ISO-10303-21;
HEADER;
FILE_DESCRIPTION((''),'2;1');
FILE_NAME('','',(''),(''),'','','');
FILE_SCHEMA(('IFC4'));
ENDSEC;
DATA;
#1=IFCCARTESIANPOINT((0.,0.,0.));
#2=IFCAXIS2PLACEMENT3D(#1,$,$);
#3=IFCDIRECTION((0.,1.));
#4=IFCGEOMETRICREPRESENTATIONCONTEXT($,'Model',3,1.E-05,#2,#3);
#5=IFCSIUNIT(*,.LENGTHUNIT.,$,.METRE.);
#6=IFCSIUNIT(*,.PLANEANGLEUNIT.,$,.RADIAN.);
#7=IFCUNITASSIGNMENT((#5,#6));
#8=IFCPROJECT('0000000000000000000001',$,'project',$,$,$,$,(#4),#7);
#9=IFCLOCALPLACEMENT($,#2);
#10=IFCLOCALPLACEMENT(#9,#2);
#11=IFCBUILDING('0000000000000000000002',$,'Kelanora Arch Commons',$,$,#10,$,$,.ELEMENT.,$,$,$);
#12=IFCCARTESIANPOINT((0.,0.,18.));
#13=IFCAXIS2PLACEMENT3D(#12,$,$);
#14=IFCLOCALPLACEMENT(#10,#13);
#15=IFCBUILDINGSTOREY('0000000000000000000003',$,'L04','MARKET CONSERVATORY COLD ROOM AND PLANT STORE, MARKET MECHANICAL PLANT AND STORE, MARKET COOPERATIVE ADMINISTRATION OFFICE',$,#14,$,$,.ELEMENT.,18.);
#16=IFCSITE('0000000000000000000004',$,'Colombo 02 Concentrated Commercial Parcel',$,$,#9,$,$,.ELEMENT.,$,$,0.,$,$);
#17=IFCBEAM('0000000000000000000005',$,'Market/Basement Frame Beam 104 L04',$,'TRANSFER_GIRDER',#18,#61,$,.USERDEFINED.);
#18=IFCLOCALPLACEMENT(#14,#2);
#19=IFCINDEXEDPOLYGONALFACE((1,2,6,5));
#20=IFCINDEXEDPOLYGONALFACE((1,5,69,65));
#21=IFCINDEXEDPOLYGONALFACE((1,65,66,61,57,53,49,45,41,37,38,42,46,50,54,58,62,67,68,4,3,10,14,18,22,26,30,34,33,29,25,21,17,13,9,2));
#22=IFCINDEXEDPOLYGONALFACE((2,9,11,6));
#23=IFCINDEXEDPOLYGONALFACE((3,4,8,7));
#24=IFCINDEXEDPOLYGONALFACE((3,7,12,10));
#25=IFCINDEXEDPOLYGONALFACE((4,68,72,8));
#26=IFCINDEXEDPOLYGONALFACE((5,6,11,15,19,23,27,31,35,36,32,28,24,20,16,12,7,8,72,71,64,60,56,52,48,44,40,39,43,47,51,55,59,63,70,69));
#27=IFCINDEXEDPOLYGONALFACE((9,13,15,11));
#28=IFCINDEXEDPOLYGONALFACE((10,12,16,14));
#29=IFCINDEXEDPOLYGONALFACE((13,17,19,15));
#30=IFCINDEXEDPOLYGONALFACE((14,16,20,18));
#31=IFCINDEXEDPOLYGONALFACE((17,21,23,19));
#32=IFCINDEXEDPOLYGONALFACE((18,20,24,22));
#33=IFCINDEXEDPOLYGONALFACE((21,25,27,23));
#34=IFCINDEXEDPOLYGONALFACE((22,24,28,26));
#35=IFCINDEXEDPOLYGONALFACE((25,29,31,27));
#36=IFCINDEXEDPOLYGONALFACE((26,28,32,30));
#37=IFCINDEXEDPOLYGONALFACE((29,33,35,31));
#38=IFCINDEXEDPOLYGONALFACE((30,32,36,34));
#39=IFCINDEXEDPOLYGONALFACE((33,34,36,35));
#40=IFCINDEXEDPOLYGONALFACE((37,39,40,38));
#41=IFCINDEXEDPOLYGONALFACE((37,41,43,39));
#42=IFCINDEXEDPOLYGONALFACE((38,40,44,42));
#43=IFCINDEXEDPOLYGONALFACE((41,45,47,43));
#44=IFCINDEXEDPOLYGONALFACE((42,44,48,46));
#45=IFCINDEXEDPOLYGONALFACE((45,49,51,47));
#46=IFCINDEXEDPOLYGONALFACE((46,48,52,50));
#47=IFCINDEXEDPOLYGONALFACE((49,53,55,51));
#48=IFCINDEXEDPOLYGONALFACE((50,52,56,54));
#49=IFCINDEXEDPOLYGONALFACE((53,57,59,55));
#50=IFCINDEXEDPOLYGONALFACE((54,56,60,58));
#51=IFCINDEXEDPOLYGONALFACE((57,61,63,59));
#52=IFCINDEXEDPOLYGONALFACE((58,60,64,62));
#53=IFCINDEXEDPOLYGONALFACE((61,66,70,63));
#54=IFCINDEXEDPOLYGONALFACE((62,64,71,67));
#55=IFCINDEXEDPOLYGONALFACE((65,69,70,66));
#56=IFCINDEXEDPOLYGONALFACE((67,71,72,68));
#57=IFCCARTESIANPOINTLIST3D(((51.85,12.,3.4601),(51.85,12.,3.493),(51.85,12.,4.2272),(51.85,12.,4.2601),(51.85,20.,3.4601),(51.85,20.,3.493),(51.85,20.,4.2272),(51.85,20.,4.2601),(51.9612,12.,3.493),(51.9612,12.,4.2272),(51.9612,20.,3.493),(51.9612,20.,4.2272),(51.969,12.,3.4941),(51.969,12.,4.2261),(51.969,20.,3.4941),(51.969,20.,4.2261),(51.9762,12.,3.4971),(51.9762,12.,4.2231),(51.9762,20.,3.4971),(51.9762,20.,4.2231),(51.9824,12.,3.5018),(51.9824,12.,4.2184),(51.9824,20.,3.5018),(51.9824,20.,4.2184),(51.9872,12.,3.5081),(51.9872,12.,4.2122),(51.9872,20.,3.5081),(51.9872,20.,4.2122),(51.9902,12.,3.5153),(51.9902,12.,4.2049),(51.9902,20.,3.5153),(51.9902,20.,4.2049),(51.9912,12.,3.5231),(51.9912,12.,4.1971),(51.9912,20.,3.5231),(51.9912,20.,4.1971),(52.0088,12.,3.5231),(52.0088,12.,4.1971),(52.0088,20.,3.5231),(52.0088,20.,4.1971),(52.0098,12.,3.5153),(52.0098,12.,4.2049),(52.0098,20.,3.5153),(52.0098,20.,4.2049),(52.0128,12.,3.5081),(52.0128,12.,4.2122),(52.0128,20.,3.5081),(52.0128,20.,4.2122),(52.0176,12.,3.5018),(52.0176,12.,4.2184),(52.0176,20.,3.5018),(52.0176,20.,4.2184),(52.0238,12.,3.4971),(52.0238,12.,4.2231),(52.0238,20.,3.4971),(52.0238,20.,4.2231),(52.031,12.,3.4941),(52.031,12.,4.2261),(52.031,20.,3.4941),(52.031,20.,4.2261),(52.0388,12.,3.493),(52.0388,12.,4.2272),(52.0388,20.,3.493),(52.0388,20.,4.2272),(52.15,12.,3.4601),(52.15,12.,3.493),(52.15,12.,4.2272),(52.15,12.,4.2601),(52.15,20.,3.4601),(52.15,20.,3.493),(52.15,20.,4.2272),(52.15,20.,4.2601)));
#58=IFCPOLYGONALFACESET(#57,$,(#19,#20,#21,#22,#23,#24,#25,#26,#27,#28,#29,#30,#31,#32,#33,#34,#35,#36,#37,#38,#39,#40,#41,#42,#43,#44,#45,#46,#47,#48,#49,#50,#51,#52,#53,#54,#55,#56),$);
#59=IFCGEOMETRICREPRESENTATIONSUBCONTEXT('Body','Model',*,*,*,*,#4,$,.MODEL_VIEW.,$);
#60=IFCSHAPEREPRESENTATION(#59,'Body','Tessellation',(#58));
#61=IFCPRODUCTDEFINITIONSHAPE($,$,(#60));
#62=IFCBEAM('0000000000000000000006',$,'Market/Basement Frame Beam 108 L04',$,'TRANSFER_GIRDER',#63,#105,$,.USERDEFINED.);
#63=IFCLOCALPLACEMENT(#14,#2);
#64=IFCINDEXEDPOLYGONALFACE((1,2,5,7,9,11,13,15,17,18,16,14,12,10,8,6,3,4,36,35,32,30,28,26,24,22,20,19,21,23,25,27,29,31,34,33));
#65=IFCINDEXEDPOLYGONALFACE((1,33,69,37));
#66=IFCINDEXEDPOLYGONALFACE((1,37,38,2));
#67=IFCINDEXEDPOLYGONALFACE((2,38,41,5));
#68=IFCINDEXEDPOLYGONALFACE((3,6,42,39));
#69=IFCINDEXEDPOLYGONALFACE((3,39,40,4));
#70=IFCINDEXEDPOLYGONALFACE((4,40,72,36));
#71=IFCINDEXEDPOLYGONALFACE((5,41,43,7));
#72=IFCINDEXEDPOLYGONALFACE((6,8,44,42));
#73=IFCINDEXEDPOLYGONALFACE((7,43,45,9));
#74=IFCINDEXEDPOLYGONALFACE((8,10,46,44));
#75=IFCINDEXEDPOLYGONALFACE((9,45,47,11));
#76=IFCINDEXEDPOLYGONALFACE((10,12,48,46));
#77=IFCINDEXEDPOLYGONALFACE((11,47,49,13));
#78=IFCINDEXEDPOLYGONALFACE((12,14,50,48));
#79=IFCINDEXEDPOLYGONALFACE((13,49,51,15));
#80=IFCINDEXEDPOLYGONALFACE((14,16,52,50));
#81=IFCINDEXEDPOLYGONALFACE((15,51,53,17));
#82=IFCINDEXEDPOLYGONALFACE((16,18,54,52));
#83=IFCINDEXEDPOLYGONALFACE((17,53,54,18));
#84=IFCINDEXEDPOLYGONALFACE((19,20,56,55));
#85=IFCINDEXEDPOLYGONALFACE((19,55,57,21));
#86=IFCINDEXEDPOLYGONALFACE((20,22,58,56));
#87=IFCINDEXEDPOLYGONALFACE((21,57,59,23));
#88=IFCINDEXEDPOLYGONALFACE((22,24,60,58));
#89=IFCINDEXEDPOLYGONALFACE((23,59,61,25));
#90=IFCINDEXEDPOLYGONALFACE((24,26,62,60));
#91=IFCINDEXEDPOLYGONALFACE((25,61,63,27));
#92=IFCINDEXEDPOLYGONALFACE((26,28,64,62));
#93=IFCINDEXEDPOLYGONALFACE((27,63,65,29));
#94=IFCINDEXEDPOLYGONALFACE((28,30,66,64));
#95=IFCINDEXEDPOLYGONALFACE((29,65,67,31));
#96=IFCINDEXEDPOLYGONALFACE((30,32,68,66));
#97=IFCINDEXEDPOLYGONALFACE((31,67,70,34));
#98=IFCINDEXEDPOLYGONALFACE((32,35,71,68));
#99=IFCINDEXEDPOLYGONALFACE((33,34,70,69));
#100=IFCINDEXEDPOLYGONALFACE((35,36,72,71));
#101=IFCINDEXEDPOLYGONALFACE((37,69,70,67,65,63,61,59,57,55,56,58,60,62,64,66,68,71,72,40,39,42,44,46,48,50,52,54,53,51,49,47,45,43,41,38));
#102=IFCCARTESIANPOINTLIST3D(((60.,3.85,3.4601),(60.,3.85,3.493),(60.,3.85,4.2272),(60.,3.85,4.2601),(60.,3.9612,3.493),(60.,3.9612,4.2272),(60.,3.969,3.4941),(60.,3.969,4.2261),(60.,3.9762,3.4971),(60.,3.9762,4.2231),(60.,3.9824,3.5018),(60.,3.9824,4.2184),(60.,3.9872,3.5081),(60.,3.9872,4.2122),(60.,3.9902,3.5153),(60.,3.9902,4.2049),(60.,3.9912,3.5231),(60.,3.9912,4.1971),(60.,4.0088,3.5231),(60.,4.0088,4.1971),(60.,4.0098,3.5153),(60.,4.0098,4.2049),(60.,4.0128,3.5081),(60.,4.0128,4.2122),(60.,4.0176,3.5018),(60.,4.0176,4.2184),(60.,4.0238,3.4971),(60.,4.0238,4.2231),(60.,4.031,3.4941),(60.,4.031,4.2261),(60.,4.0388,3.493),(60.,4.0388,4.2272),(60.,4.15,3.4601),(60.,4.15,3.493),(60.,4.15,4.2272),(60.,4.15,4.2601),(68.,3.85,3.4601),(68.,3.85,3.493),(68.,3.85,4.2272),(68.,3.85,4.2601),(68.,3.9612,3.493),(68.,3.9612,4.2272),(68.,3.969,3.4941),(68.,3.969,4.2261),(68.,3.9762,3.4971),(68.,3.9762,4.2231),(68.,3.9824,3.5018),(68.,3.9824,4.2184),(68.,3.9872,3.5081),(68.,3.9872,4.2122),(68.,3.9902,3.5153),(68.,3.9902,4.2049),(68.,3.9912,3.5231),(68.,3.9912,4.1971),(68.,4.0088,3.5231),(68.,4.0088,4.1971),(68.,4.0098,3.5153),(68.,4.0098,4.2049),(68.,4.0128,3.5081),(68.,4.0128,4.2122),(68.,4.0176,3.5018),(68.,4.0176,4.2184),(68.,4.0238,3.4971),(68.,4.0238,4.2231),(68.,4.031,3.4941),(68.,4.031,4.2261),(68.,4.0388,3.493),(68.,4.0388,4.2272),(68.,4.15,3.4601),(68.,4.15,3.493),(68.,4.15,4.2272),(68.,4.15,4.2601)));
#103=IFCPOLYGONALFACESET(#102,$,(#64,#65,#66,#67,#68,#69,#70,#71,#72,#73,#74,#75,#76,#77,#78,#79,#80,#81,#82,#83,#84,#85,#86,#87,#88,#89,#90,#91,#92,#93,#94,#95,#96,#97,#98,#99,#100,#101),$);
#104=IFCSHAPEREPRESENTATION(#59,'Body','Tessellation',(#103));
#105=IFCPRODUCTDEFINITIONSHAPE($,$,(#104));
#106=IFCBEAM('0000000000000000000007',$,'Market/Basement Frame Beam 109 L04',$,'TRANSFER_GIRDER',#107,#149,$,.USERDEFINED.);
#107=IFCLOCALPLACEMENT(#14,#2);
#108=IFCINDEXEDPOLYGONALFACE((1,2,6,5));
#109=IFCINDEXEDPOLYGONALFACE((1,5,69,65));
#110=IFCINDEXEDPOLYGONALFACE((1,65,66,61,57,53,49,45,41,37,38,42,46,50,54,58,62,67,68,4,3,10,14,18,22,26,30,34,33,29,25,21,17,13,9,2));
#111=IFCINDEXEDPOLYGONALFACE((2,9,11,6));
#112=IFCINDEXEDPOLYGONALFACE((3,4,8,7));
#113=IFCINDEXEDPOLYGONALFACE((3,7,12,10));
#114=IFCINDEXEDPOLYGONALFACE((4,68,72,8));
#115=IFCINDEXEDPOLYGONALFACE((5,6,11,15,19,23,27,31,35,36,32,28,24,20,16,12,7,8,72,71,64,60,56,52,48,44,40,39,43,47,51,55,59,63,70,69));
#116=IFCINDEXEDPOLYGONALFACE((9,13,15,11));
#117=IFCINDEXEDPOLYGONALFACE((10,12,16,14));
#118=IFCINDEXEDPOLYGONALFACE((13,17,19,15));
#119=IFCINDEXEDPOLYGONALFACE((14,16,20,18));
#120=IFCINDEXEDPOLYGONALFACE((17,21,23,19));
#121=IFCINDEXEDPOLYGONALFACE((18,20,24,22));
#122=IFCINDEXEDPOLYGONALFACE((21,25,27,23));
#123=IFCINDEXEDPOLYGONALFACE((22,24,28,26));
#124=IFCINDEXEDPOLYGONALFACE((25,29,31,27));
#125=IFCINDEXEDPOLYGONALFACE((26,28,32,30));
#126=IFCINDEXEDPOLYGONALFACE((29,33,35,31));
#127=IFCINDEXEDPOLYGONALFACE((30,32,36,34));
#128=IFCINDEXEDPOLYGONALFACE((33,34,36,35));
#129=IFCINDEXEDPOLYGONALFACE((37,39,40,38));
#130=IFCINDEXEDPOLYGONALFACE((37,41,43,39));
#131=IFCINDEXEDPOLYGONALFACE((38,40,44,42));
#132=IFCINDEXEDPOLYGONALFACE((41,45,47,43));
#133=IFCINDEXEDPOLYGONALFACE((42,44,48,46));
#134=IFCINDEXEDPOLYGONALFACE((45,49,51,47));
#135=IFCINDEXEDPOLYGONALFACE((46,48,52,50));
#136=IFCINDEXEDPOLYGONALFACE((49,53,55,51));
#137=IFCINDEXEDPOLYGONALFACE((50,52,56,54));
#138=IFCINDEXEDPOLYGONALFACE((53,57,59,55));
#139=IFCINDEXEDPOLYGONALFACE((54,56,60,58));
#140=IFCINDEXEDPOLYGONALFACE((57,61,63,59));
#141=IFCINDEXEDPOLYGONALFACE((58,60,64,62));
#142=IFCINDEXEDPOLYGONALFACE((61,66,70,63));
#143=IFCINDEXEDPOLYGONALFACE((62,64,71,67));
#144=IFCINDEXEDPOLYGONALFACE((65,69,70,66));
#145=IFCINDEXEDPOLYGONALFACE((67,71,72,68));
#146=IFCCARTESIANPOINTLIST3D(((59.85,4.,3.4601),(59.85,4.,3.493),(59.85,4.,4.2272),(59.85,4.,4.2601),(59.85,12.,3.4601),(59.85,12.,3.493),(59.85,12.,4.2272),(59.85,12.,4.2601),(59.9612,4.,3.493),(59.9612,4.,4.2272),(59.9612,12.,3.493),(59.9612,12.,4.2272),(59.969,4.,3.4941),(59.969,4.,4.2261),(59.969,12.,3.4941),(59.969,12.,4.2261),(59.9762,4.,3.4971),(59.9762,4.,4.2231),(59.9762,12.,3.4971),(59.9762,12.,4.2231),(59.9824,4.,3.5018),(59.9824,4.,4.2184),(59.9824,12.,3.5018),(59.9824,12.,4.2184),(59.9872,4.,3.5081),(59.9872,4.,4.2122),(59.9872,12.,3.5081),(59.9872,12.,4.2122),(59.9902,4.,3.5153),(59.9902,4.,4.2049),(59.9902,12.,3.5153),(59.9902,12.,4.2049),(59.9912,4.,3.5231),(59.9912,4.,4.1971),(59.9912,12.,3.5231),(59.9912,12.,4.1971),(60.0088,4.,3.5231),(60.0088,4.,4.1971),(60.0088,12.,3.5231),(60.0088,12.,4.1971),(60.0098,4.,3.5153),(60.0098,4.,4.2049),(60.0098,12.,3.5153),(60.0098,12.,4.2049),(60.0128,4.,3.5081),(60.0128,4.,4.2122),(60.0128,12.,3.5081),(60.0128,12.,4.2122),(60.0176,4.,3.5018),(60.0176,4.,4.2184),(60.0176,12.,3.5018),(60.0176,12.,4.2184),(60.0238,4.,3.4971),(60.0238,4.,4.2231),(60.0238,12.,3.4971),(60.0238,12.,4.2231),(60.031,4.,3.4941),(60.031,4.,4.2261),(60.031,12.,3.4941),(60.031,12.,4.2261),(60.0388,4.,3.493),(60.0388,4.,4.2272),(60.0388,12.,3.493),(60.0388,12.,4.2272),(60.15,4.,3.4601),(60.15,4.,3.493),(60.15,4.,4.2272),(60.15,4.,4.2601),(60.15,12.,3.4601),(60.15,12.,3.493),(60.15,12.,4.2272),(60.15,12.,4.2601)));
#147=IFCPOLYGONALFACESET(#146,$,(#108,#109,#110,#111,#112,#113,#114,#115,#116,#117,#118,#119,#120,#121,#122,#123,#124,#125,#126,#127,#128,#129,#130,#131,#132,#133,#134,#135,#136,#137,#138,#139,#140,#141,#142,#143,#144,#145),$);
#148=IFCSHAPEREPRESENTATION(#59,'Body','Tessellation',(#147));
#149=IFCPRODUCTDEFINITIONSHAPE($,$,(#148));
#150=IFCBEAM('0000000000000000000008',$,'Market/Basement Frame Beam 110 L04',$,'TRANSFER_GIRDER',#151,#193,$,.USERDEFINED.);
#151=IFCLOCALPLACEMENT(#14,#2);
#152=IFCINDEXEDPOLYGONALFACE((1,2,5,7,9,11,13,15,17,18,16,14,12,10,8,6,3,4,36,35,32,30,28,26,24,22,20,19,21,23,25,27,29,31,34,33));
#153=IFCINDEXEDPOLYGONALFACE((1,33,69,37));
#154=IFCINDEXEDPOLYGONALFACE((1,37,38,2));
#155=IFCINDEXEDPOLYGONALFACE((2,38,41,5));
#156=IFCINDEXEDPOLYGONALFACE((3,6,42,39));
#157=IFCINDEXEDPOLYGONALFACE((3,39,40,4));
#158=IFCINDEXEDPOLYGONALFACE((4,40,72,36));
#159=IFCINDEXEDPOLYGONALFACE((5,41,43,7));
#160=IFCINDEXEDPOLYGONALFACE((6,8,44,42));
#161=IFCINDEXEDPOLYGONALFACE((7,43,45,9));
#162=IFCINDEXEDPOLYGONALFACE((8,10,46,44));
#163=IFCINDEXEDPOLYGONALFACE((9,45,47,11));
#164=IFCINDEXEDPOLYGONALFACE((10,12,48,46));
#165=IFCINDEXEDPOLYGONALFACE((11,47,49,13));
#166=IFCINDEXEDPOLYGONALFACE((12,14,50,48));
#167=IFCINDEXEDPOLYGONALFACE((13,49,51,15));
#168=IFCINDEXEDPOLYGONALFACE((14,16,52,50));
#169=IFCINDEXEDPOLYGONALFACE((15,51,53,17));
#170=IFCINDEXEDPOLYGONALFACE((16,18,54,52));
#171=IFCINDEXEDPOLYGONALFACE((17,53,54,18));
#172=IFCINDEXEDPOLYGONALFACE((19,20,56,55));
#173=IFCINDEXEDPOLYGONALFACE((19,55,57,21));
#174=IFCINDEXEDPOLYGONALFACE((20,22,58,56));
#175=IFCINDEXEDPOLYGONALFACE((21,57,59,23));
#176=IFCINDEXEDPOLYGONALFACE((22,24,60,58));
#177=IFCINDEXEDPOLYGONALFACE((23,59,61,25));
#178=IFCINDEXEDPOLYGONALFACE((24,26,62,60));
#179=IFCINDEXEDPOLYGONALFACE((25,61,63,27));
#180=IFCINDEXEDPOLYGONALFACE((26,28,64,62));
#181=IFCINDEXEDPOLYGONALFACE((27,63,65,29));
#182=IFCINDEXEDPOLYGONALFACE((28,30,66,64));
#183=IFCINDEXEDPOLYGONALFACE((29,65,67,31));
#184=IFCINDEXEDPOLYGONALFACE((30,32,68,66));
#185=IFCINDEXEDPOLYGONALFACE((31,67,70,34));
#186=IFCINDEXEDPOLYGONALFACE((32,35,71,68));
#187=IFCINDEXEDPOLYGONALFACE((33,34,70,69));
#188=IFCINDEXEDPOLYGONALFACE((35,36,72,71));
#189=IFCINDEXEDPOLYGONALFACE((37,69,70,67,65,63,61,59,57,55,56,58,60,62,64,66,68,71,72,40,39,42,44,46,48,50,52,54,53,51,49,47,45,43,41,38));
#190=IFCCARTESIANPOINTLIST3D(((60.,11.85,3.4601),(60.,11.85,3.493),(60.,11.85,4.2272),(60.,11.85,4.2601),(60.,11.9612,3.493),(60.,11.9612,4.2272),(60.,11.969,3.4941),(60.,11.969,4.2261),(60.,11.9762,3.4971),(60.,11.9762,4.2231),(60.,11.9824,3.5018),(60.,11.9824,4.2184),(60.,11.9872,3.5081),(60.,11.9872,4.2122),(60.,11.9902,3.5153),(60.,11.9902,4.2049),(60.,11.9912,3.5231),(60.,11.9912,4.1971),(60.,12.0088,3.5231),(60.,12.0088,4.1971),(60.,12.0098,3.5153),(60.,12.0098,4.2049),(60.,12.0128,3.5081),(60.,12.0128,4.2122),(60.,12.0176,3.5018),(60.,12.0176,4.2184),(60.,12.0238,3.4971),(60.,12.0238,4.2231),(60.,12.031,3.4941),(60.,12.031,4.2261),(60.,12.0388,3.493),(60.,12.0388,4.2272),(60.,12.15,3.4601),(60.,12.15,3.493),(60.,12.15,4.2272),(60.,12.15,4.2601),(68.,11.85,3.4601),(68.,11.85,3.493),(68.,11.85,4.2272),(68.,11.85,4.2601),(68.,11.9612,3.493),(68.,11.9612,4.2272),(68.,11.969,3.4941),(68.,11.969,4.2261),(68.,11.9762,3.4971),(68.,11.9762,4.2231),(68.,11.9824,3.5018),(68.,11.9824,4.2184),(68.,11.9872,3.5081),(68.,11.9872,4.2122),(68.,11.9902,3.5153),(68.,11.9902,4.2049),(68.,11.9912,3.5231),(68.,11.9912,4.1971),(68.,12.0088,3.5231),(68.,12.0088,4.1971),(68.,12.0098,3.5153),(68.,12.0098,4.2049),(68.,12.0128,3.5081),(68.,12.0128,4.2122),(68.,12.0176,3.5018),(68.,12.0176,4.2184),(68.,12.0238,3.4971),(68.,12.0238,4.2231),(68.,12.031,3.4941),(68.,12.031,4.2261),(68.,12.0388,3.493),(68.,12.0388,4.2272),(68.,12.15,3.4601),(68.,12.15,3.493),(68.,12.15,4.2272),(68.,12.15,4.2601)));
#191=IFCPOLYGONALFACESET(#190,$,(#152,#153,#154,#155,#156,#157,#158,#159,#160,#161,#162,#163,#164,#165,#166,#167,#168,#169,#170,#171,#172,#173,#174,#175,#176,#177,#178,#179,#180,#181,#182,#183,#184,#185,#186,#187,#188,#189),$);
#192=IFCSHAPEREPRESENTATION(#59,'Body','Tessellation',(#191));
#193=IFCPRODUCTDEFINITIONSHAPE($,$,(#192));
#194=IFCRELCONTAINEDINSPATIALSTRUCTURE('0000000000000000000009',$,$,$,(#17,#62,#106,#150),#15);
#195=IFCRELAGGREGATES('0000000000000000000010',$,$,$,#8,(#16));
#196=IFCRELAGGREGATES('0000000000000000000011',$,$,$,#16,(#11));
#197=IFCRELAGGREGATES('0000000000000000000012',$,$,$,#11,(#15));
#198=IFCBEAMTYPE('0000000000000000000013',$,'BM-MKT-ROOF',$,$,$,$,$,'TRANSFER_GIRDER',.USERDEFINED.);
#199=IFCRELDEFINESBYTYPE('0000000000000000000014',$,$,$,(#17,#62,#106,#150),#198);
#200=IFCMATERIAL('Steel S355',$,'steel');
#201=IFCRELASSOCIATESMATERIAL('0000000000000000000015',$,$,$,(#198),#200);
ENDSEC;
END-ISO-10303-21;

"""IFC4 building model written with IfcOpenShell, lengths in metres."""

from ifc_helpers import new_model, si_unit, direction, frame, origin, origin_2d, place, context, subcontext, project, spatial, i_section, extrude, material, material_profile, profile_set, type_object, element, save


model = new_model("IFC4")

# Units and contexts
model_context = context("Model", 3, precision=1e-05, world=origin(), true_north=direction((0.0, 1.0)))
body_context = subcontext(model_context, "Body", "Model", "MODEL_VIEW")
ifc_project = project(units=[si_unit("LENGTHUNIT", "METRE"), si_unit("PLANEANGLEUNIT", "RADIAN")], contexts=[model_context])

# Site, building, storey
site_placement = place(None, origin())
site = spatial("IfcSite", under=ifc_project, at=site_placement, Name="Colombo 02 Concentrated Commercial Parcel", CompositionType="ELEMENT", RefElevation=0.0)
building_placement = place(site_placement, origin())
building = spatial("IfcBuilding", under=site, at=building_placement, Name="Kelanora Arch Commons", CompositionType="ELEMENT")
storey_placement = place(building_placement, frame((0.0, 0.0, 18.0)))
storey = spatial("IfcBuildingStorey", under=building, at=storey_placement, Name="L04", Description="MARKET CONSERVATORY COLD ROOM AND PLANT STORE, MARKET MECHANICAL PLANT AND STORE, MARKET COOPERATIVE ADMINISTRATION OFFICE", CompositionType="ELEMENT", Elevation=18.0)

# Beams
ifc_material_1 = material(Name="Steel S355", Category="steel")
ifc_material_profile_1 = material_profile(ifc_material_1, i_section(OverallWidth=0.3, OverallDepth=0.8, WebThickness=0.0176, FlangeThickness=0.033, FilletRadius=0.03, at=origin_2d()), Name="HEB800")
ifc_profile_set_1 = profile_set([ifc_material_profile_1], Name="Steel S355")
beam_type = type_object("IfcBeamType", Name="BM-MKT-ROOF", ElementType="TRANSFER_GIRDER", PredefinedType="USERDEFINED", material=ifc_profile_set_1)
for number, where, z_axis, x_axis, name in (
    (1, (52.0, 12.0, 3.8601), (0.0, 1.0, 0.0), (-1.0, 0.0, 0.0), "Market/Basement Frame Beam 104 L04"),
    (2, (60.0, 4.0, 3.8601), (1.0, 0.0, 0.0), (0.0, 1.0, 0.0), "Market/Basement Frame Beam 108 L04"),
    (3, (60.0, 4.0, 3.8601), (0.0, 1.0, 0.0), (-1.0, 0.0, 0.0), "Market/Basement Frame Beam 109 L04"),
    (4, (60.0, 12.0, 3.8601), (1.0, 0.0, 0.0), (0.0, 1.0, 0.0), "Market/Basement Frame Beam 110 L04"),
):
    element("IfcBeam", number, at=place(storey_placement, frame(where, z_axis=z_axis, x_axis=x_axis)), inside=storey, type_object=beam_type, Name=name, ObjectType="TRANSFER_GIRDER", PredefinedType="USERDEFINED", context=body_context, shape_type="SweptSolid", body=[
        extrude(i_section(OverallWidth=0.3, OverallDepth=0.8, WebThickness=0.0176, FlangeThickness=0.033, FilletRadius=0.03, at=origin_2d()), origin(), (0.0, 0.0, 1.0), 8.0),
    ])

save(model, "model.ifc")
